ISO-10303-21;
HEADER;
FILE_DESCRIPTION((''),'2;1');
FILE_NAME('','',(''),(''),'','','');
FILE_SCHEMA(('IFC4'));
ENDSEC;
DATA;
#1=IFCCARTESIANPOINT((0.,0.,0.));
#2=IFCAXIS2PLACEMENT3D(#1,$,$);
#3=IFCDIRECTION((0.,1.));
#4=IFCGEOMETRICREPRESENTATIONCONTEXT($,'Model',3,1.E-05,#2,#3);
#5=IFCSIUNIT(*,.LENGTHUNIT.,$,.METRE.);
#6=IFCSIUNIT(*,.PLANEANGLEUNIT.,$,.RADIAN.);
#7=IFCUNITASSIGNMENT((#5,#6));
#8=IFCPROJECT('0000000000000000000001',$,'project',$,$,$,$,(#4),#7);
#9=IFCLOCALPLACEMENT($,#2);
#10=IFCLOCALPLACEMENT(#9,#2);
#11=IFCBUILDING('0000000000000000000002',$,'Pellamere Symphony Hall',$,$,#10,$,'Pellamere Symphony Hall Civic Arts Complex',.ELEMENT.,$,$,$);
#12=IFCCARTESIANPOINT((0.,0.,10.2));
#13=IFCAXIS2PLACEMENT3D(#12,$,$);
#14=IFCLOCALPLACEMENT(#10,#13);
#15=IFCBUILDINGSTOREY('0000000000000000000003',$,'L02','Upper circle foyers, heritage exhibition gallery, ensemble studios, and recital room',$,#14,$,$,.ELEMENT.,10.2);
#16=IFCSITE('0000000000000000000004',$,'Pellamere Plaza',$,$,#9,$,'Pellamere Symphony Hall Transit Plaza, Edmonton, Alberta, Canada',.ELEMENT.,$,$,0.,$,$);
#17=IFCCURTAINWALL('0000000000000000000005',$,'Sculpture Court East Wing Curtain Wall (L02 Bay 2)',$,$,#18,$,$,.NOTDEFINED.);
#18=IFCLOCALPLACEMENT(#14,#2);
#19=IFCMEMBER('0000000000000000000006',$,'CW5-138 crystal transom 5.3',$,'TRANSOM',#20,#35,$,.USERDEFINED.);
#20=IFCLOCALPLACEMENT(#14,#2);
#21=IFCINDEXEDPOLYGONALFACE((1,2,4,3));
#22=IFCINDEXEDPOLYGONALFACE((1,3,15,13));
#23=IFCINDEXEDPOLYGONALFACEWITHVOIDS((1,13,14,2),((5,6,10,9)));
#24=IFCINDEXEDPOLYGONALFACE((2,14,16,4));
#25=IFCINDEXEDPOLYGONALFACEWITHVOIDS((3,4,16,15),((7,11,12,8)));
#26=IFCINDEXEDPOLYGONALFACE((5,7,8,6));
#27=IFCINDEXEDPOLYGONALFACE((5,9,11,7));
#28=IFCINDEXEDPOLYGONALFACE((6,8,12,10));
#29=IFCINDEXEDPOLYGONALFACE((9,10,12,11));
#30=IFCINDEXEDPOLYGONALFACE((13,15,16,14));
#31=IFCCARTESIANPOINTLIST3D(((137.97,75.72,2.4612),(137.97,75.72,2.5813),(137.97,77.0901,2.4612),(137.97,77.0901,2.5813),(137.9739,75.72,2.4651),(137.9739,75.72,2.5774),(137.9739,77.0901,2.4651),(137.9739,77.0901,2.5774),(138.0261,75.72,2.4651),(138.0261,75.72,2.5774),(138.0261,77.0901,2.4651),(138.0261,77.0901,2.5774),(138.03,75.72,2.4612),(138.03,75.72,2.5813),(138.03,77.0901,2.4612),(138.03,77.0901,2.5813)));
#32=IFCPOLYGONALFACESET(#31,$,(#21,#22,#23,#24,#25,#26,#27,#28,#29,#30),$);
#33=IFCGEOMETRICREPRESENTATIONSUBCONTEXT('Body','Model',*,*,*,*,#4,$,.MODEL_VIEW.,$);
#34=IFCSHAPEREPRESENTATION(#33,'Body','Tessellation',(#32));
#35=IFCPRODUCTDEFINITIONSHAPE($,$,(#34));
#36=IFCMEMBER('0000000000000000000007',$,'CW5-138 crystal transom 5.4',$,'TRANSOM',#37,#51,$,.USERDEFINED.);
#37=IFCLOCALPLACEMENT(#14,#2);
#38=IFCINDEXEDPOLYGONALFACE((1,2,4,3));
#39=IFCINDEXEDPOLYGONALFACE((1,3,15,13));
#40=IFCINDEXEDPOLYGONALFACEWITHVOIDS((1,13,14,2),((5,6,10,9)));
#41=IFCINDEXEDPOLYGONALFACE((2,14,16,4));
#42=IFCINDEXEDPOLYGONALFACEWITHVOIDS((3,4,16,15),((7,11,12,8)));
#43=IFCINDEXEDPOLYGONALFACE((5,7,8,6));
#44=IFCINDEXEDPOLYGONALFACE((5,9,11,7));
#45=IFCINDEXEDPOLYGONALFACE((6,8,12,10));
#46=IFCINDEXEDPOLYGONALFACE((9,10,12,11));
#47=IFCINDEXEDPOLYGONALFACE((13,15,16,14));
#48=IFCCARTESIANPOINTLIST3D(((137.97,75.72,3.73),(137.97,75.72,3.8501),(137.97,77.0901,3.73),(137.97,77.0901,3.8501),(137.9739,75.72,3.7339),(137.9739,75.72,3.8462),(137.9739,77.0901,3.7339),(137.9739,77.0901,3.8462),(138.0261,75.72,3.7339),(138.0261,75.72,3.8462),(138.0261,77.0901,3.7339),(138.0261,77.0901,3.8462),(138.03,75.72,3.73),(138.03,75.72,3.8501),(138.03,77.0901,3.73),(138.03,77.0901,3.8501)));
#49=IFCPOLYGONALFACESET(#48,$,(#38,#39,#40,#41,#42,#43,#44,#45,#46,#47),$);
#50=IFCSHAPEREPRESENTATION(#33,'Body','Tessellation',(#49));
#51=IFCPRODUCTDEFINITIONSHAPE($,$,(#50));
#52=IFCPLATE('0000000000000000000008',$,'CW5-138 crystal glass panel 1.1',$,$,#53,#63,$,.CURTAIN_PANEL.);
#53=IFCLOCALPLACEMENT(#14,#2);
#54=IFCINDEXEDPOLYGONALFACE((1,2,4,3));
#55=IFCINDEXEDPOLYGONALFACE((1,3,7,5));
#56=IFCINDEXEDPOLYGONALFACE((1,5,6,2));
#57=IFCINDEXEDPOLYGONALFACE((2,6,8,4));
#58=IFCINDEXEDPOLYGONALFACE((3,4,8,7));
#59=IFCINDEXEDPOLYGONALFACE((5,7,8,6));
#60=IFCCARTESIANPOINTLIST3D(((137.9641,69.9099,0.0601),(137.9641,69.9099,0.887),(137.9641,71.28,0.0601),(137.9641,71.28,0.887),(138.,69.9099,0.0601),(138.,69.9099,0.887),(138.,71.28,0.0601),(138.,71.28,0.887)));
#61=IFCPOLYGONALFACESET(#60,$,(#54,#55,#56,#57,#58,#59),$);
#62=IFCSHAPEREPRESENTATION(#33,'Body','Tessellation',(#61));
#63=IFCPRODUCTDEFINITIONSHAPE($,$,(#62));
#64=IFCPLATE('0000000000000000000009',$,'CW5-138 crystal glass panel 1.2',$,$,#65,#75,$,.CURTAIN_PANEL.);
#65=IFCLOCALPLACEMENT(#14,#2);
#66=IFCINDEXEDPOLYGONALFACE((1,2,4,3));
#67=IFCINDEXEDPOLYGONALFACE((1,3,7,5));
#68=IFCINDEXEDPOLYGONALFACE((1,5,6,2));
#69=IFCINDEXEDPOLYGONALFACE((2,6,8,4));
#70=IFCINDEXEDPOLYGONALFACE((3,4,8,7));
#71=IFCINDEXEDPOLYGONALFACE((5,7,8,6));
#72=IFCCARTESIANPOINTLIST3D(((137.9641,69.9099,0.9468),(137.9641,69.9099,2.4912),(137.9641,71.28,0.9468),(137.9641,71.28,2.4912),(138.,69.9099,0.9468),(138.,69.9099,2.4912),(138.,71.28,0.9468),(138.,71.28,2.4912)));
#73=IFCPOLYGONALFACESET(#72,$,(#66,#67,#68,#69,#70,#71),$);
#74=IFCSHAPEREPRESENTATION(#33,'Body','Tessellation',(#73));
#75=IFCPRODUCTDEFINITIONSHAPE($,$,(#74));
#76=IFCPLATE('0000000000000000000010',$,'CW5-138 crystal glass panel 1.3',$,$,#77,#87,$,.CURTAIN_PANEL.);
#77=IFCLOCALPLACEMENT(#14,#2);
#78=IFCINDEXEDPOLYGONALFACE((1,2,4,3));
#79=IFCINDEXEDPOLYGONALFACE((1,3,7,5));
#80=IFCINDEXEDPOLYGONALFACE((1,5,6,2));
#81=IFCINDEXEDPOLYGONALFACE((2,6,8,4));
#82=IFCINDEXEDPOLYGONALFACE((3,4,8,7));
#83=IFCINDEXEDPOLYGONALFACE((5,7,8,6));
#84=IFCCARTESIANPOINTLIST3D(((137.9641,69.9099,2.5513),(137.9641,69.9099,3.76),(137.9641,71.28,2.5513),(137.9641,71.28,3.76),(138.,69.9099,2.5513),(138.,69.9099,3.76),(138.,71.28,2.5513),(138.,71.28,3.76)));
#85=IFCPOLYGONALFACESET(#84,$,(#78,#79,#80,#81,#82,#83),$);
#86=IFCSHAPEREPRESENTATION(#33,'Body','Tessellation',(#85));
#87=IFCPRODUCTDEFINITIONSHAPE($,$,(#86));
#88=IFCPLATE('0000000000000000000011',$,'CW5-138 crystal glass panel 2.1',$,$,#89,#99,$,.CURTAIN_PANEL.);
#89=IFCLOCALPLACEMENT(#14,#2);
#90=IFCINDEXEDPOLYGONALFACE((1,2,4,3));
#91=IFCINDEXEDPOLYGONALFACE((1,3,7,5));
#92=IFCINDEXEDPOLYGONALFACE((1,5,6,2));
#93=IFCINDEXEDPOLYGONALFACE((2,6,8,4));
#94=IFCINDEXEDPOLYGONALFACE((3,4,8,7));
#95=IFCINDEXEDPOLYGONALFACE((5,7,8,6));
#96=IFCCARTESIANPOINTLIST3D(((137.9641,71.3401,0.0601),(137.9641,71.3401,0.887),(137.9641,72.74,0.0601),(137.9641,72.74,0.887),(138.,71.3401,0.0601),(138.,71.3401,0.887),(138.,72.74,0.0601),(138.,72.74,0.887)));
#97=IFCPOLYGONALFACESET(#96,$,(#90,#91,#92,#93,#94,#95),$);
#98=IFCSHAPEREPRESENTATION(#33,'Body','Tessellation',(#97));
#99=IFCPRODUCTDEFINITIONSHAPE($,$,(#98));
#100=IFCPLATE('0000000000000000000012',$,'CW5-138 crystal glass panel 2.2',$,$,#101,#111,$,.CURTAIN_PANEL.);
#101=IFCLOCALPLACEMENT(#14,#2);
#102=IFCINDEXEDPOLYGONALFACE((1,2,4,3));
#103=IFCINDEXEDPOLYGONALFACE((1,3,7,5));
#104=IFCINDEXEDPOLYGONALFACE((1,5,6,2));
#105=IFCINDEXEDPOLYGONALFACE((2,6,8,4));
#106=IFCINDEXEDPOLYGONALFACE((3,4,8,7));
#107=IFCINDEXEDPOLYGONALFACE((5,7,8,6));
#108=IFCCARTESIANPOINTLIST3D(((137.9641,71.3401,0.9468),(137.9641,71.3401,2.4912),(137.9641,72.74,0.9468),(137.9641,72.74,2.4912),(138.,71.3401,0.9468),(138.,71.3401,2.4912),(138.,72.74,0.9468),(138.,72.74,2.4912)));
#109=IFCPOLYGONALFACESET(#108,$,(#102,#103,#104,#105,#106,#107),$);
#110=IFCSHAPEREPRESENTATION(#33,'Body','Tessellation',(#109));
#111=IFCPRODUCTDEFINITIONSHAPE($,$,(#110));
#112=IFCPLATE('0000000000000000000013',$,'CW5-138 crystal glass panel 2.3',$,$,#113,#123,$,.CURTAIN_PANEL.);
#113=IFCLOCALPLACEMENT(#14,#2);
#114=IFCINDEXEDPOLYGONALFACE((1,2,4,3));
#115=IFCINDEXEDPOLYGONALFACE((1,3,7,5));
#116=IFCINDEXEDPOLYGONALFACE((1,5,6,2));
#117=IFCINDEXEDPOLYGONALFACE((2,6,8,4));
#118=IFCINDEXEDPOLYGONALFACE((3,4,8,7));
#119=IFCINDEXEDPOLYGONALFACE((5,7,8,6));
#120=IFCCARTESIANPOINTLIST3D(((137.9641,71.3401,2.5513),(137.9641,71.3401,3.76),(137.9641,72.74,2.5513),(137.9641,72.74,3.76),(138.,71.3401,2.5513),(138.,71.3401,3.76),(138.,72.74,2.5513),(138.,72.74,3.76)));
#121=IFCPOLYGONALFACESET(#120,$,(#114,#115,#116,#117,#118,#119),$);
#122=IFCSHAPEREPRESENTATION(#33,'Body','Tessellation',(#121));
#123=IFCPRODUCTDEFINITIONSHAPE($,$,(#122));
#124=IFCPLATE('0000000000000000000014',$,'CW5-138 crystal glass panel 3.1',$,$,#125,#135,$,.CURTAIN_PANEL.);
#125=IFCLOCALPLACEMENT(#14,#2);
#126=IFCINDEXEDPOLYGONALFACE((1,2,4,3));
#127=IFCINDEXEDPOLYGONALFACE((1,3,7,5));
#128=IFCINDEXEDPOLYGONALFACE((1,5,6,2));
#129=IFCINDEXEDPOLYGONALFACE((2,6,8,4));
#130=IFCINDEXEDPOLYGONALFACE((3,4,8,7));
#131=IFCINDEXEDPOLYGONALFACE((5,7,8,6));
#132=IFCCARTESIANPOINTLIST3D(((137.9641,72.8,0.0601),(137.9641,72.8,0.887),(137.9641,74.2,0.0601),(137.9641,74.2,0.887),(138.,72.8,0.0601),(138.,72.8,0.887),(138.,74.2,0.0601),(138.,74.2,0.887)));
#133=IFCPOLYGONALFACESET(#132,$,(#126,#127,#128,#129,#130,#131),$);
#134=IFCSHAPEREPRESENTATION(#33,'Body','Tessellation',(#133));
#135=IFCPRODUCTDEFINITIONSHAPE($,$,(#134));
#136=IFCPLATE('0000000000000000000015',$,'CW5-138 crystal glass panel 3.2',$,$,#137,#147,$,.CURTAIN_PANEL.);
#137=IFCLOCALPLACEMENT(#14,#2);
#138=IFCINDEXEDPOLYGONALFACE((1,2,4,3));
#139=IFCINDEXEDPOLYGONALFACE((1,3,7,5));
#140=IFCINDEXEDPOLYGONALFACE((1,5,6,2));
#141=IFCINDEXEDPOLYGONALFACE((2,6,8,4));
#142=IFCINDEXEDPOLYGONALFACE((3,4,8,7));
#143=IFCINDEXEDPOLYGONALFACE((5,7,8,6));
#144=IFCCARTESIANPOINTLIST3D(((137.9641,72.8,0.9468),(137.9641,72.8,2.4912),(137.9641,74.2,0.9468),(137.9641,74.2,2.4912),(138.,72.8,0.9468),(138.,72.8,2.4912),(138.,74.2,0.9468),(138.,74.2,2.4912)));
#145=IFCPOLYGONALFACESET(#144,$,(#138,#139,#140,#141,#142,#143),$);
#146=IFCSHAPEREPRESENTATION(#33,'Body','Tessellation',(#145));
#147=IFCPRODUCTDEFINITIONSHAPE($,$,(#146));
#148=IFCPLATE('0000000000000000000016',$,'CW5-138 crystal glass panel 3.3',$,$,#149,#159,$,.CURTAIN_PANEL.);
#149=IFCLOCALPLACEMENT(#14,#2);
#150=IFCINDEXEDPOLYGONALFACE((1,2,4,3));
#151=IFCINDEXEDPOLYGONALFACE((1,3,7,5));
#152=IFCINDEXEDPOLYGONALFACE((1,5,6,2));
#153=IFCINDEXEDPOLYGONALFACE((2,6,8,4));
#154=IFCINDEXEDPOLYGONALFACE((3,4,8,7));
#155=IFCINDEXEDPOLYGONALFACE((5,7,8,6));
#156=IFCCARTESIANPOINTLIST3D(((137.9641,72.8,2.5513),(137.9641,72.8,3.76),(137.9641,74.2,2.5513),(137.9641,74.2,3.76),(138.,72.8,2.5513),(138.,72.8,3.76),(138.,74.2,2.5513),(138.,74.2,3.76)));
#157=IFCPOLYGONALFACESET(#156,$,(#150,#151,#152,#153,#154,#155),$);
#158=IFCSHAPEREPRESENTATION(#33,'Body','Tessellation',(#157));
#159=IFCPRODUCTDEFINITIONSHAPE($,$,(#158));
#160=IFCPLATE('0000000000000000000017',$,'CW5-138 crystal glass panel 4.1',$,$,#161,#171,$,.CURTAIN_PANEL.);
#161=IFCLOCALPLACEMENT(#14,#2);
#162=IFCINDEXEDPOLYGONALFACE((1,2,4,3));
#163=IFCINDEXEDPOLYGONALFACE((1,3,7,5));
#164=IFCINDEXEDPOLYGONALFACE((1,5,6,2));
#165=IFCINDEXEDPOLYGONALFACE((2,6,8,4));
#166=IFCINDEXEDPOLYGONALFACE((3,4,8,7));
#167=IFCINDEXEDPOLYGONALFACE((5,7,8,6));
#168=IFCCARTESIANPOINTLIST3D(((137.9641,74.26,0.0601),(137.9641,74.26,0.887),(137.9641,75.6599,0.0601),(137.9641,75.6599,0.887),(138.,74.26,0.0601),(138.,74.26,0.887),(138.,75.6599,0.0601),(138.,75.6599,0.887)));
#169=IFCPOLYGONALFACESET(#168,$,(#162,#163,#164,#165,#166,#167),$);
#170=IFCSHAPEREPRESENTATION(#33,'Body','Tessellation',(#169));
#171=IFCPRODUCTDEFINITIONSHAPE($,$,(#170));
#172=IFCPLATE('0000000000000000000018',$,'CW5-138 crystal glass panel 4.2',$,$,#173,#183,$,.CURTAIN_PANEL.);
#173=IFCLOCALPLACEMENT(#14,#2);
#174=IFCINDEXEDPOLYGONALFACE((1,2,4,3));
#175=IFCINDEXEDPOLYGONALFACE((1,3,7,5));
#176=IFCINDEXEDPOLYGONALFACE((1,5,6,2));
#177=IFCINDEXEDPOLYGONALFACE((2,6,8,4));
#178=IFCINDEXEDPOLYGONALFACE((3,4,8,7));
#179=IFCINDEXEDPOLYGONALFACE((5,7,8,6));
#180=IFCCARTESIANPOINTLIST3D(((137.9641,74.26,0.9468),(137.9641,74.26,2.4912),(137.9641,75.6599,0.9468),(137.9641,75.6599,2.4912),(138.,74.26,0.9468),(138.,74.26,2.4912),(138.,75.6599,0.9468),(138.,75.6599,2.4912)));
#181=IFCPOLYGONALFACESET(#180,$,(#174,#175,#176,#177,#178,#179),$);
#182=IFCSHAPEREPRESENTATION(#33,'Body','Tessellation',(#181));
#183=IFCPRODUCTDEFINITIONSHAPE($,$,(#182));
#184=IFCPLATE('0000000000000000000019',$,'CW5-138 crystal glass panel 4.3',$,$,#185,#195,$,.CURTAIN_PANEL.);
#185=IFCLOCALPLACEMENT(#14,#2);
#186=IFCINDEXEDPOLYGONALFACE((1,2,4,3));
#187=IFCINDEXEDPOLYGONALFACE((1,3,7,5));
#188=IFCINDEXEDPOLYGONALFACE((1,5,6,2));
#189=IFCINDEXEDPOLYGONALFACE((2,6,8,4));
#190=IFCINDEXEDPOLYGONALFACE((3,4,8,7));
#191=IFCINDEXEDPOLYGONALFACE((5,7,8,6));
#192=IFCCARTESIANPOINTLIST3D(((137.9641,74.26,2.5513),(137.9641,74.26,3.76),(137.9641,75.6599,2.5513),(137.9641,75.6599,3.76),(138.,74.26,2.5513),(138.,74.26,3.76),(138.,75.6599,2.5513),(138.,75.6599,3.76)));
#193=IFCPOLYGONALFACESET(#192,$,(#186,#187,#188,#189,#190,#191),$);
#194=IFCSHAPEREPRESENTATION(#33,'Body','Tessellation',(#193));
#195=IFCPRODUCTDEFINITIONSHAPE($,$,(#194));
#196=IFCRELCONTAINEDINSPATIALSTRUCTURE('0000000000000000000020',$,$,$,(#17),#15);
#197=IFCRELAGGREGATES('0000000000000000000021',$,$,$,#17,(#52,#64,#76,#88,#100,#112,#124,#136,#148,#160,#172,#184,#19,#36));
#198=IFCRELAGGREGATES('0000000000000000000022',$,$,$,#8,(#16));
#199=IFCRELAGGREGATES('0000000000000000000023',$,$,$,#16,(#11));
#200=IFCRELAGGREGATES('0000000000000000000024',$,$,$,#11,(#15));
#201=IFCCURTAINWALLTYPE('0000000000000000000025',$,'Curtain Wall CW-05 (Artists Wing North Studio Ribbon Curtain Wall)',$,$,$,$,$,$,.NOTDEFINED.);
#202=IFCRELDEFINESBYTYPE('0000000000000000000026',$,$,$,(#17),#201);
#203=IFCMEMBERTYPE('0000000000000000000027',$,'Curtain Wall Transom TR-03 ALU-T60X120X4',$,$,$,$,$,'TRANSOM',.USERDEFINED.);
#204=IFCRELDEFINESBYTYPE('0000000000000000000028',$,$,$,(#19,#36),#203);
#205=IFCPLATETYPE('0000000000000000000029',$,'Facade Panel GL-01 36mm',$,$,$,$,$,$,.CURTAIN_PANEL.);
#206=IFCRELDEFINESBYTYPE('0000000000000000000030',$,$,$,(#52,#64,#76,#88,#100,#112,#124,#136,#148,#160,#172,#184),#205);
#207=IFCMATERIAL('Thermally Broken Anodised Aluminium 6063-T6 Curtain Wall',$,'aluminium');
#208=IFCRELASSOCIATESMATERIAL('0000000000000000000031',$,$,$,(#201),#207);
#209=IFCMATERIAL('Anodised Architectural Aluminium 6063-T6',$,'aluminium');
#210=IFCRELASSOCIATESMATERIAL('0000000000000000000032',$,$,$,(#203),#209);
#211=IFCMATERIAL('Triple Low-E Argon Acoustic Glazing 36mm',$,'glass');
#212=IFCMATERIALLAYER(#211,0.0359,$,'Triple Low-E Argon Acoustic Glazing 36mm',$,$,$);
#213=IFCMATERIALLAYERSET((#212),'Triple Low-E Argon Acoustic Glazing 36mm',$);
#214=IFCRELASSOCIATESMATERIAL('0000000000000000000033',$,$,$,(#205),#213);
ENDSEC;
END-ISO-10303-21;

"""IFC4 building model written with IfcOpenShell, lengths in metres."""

from ifc_helpers import new_model, si_unit, direction, frame, origin, origin_2d, place, context, subcontext, project, spatial, polyline, hollow_rectangle, outline, extrude, material, layer, layer_set, material_profile, profile_set, type_object, element, aggregate, save


model = new_model("IFC4")

# Units and contexts
model_context = context("Model", 3, precision=1e-05, world=origin(), true_north=direction((0.0, 1.0)))
body_context = subcontext(model_context, "Body", "Model", "MODEL_VIEW")
ifc_project = project(units=[si_unit("LENGTHUNIT", "METRE"), si_unit("PLANEANGLEUNIT", "RADIAN")], contexts=[model_context])

# Site, building, storey
site_placement = place(None, origin())
site = spatial("IfcSite", under=ifc_project, at=site_placement, Name="Pellamere Plaza", LongName="Pellamere Symphony Hall Transit Plaza, Edmonton, Alberta, Canada", CompositionType="ELEMENT", RefElevation=0.0)
building_placement = place(site_placement, origin())
building = spatial("IfcBuilding", under=site, at=building_placement, Name="Pellamere Symphony Hall", LongName="Pellamere Symphony Hall Civic Arts Complex", CompositionType="ELEMENT")
storey_placement = place(building_placement, frame((0.0, 0.0, 10.2)))
storey = spatial("IfcBuildingStorey", under=building, at=storey_placement, Name="L02", Description="Upper circle foyers, heritage exhibition gallery, ensemble studios, and recital room", CompositionType="ELEMENT", Elevation=10.2)

# Curtain wall, members, plates
ifc_material_1 = material(Name="Thermally Broken Anodised Aluminium 6063-T6 Curtain Wall", Category="aluminium")
curtain_wall_type = type_object("IfcCurtainWallType", Name="Curtain Wall CW-05 (Artists Wing North Studio Ribbon Curtain Wall)", PredefinedType="NOTDEFINED", material=ifc_material_1)
curtain_wall_placement = place(storey_placement, origin())
curtain_wall = element("IfcCurtainWall", 1, at=curtain_wall_placement, inside=storey, type_object=curtain_wall_type, Name="Sculpture Court East Wing Curtain Wall (L02 Bay 2)", PredefinedType="NOTDEFINED")
ifc_material_2 = material(Name="Anodised Architectural Aluminium 6063-T6", Category="aluminium")
ifc_material_profile_1 = material_profile(ifc_material_2, hollow_rectangle(XDim=0.0601, YDim=0.1201, WallThickness=0.0039, at=origin_2d()), Name="ALU-T60X120X4")
ifc_profile_set_1 = profile_set([ifc_material_profile_1], Name="Anodised Architectural Aluminium 6063-T6")
member_type_1 = type_object("IfcMemberType", Name="Curtain Wall Transom TR-03 ALU-T60X120X4", ElementType="TRANSOM", PredefinedType="USERDEFINED", material=ifc_profile_set_1)
member_1_placement = place(storey_placement, frame((138.0, 75.72, 2.5212), z_axis=(0.0, 1.0, 0.0), x_axis=(-1.0, 0.0, 0.0)))
member_1 = element("IfcMember", 2, at=member_1_placement, type_object=member_type_1, Name="CW5-138 crystal transom 5.3", ObjectType="TRANSOM", PredefinedType="USERDEFINED", context=body_context, shape_type="SweptSolid", body=[
    extrude(hollow_rectangle(XDim=0.0601, YDim=0.1201, WallThickness=0.0039, at=origin_2d()), origin(), (0.0, 0.0, 1.0), 1.3701),
])
member_2_placement = place(storey_placement, frame((138.0, 75.72, 3.79), z_axis=(0.0, 1.0, 0.0), x_axis=(-1.0, 0.0, 0.0)))
member_2 = element("IfcMember", 3, at=member_2_placement, type_object=member_type_1, Name="CW5-138 crystal transom 5.4", ObjectType="TRANSOM", PredefinedType="USERDEFINED", context=body_context, shape_type="SweptSolid", body=[
    extrude(hollow_rectangle(XDim=0.0601, YDim=0.1201, WallThickness=0.0039, at=origin_2d()), origin(), (0.0, 0.0, 1.0), 1.3701),
])
ifc_material_3 = material(Name="Triple Low-E Argon Acoustic Glazing 36mm", Category="glass")
ifc_layer = layer(ifc_material_3, 0.0359, Name="Triple Low-E Argon Acoustic Glazing 36mm")
ifc_layer_set = layer_set([ifc_layer], Name="Triple Low-E Argon Acoustic Glazing 36mm")
plate_type = type_object("IfcPlateType", Name="Facade Panel GL-01 36mm", PredefinedType="CURTAIN_PANEL", material=ifc_layer_set)
plate_1_placement = place(storey_placement, frame((138.0, 69.9099, 0.0601), z_axis=(1.0, 0.0, 0.0), x_axis=(0.0, 1.0, 0.0)))
plate_1 = element("IfcPlate", 4, at=plate_1_placement, type_object=plate_type, Name="CW5-138 crystal glass panel 1.1", PredefinedType="CURTAIN_PANEL", context=body_context, shape_type="SweptSolid", body=[
    extrude(outline(polyline([(0.0, 0.0), (1.3701, 0.0), (1.3701, 0.8269), (0.0, 0.8269), (0.0, 0.0)])), origin(), (0.0, 0.0, -1.0), 0.0359),
])
plate_2_placement = place(storey_placement, frame((138.0, 69.9099, 0.9468), z_axis=(1.0, 0.0, 0.0), x_axis=(0.0, 1.0, 0.0)))
plate_2 = element("IfcPlate", 5, at=plate_2_placement, type_object=plate_type, Name="CW5-138 crystal glass panel 1.2", PredefinedType="CURTAIN_PANEL", context=body_context, shape_type="SweptSolid", body=[
    extrude(outline(polyline([(0.0, 0.0), (1.3701, 0.0), (1.3701, 1.5444), (0.0, 1.5444), (0.0, 0.0)])), origin(), (0.0, 0.0, -1.0), 0.0359),
])
plate_3_placement = place(storey_placement, frame((138.0, 69.9099, 2.5513), z_axis=(1.0, 0.0, 0.0), x_axis=(0.0, 1.0, 0.0)))
plate_3 = element("IfcPlate", 6, at=plate_3_placement, type_object=plate_type, Name="CW5-138 crystal glass panel 1.3", PredefinedType="CURTAIN_PANEL", context=body_context, shape_type="SweptSolid", body=[
    extrude(outline(polyline([(0.0, 0.0), (1.3701, 0.0), (1.3701, 1.2087), (0.0, 1.2087), (0.0, 0.0)])), origin(), (0.0, 0.0, -1.0), 0.0359),
])
plate_4_placement = place(storey_placement, frame((138.0, 71.3401, 0.0601), z_axis=(1.0, 0.0, 0.0), x_axis=(0.0, 1.0, 0.0)))
plate_4 = element("IfcPlate", 7, at=plate_4_placement, type_object=plate_type, Name="CW5-138 crystal glass panel 2.1", PredefinedType="CURTAIN_PANEL", context=body_context, shape_type="SweptSolid", body=[
    extrude(outline(polyline([(0.0, 0.0), (1.3999, 0.0), (1.3999, 0.8269), (0.0, 0.8269), (0.0, 0.0)])), origin(), (0.0, 0.0, -1.0), 0.0359),
])
plate_5_placement = place(storey_placement, frame((138.0, 71.3401, 0.9468), z_axis=(1.0, 0.0, 0.0), x_axis=(0.0, 1.0, 0.0)))
plate_5 = element("IfcPlate", 8, at=plate_5_placement, type_object=plate_type, Name="CW5-138 crystal glass panel 2.2", PredefinedType="CURTAIN_PANEL", context=body_context, shape_type="SweptSolid", body=[
    extrude(outline(polyline([(0.0, 0.0), (1.3999, 0.0), (1.3999, 1.5444), (0.0, 1.5444), (0.0, 0.0)])), origin(), (0.0, 0.0, -1.0), 0.0359),
])
plate_6_placement = place(storey_placement, frame((138.0, 71.3401, 2.5513), z_axis=(1.0, 0.0, 0.0), x_axis=(0.0, 1.0, 0.0)))
plate_6 = element("IfcPlate", 9, at=plate_6_placement, type_object=plate_type, Name="CW5-138 crystal glass panel 2.3", PredefinedType="CURTAIN_PANEL", context=body_context, shape_type="SweptSolid", body=[
    extrude(outline(polyline([(0.0, 0.0), (1.3999, 0.0), (1.3999, 1.2087), (0.0, 1.2087), (0.0, 0.0)])), origin(), (0.0, 0.0, -1.0), 0.0359),
])
plate_7_placement = place(storey_placement, frame((138.0, 72.8, 0.0601), z_axis=(1.0, 0.0, 0.0), x_axis=(0.0, 1.0, 0.0)))
plate_7 = element("IfcPlate", 10, at=plate_7_placement, type_object=plate_type, Name="CW5-138 crystal glass panel 3.1", PredefinedType="CURTAIN_PANEL", context=body_context, shape_type="SweptSolid", body=[
    extrude(outline(polyline([(0.0, 0.0), (1.3999, 0.0), (1.3999, 0.8269), (0.0, 0.8269), (0.0, 0.0)])), origin(), (0.0, 0.0, -1.0), 0.0359),
])
plate_8_placement = place(storey_placement, frame((138.0, 72.8, 0.9468), z_axis=(1.0, 0.0, 0.0), x_axis=(0.0, 1.0, 0.0)))
plate_8 = element("IfcPlate", 11, at=plate_8_placement, type_object=plate_type, Name="CW5-138 crystal glass panel 3.2", PredefinedType="CURTAIN_PANEL", context=body_context, shape_type="SweptSolid", body=[
    extrude(outline(polyline([(0.0, 0.0), (1.3999, 0.0), (1.3999, 1.5444), (0.0, 1.5444), (0.0, 0.0)])), origin(), (0.0, 0.0, -1.0), 0.0359),
])
plate_9_placement = place(storey_placement, frame((138.0, 72.8, 2.5513), z_axis=(1.0, 0.0, 0.0), x_axis=(0.0, 1.0, 0.0)))
plate_9 = element("IfcPlate", 12, at=plate_9_placement, type_object=plate_type, Name="CW5-138 crystal glass panel 3.3", PredefinedType="CURTAIN_PANEL", context=body_context, shape_type="SweptSolid", body=[
    extrude(outline(polyline([(0.0, 0.0), (1.3999, 0.0), (1.3999, 1.2087), (0.0, 1.2087), (0.0, 0.0)])), origin(), (0.0, 0.0, -1.0), 0.0359),
])
plate_10_placement = place(storey_placement, frame((138.0, 74.26, 0.0601), z_axis=(1.0, 0.0, 0.0), x_axis=(0.0, 1.0, 0.0)))
plate_10 = element("IfcPlate", 13, at=plate_10_placement, type_object=plate_type, Name="CW5-138 crystal glass panel 4.1", PredefinedType="CURTAIN_PANEL", context=body_context, shape_type="SweptSolid", body=[
    extrude(outline(polyline([(0.0, 0.0), (1.3999, 0.0), (1.3999, 0.8269), (0.0, 0.8269), (0.0, 0.0)])), origin(), (0.0, 0.0, -1.0), 0.0359),
])
plate_11_placement = place(storey_placement, frame((138.0, 74.26, 0.9468), z_axis=(1.0, 0.0, 0.0), x_axis=(0.0, 1.0, 0.0)))
plate_11 = element("IfcPlate", 14, at=plate_11_placement, type_object=plate_type, Name="CW5-138 crystal glass panel 4.2", PredefinedType="CURTAIN_PANEL", context=body_context, shape_type="SweptSolid", body=[
    extrude(outline(polyline([(0.0, 0.0), (1.3999, 0.0), (1.3999, 1.5444), (0.0, 1.5444), (0.0, 0.0)])), origin(), (0.0, 0.0, -1.0), 0.0359),
])
plate_12_placement = place(storey_placement, frame((138.0, 74.26, 2.5513), z_axis=(1.0, 0.0, 0.0), x_axis=(0.0, 1.0, 0.0)))
plate_12 = element("IfcPlate", 15, at=plate_12_placement, type_object=plate_type, Name="CW5-138 crystal glass panel 4.3", PredefinedType="CURTAIN_PANEL", context=body_context, shape_type="SweptSolid", body=[
    extrude(outline(polyline([(0.0, 0.0), (1.3999, 0.0), (1.3999, 1.2087), (0.0, 1.2087), (0.0, 0.0)])), origin(), (0.0, 0.0, -1.0), 0.0359),
])
aggregate(curtain_wall, [plate_1, plate_2, plate_3, plate_4, plate_5, plate_6, plate_7, plate_8, plate_9, plate_10, plate_11, plate_12, member_1, member_2])

save(model, "model.ifc")
